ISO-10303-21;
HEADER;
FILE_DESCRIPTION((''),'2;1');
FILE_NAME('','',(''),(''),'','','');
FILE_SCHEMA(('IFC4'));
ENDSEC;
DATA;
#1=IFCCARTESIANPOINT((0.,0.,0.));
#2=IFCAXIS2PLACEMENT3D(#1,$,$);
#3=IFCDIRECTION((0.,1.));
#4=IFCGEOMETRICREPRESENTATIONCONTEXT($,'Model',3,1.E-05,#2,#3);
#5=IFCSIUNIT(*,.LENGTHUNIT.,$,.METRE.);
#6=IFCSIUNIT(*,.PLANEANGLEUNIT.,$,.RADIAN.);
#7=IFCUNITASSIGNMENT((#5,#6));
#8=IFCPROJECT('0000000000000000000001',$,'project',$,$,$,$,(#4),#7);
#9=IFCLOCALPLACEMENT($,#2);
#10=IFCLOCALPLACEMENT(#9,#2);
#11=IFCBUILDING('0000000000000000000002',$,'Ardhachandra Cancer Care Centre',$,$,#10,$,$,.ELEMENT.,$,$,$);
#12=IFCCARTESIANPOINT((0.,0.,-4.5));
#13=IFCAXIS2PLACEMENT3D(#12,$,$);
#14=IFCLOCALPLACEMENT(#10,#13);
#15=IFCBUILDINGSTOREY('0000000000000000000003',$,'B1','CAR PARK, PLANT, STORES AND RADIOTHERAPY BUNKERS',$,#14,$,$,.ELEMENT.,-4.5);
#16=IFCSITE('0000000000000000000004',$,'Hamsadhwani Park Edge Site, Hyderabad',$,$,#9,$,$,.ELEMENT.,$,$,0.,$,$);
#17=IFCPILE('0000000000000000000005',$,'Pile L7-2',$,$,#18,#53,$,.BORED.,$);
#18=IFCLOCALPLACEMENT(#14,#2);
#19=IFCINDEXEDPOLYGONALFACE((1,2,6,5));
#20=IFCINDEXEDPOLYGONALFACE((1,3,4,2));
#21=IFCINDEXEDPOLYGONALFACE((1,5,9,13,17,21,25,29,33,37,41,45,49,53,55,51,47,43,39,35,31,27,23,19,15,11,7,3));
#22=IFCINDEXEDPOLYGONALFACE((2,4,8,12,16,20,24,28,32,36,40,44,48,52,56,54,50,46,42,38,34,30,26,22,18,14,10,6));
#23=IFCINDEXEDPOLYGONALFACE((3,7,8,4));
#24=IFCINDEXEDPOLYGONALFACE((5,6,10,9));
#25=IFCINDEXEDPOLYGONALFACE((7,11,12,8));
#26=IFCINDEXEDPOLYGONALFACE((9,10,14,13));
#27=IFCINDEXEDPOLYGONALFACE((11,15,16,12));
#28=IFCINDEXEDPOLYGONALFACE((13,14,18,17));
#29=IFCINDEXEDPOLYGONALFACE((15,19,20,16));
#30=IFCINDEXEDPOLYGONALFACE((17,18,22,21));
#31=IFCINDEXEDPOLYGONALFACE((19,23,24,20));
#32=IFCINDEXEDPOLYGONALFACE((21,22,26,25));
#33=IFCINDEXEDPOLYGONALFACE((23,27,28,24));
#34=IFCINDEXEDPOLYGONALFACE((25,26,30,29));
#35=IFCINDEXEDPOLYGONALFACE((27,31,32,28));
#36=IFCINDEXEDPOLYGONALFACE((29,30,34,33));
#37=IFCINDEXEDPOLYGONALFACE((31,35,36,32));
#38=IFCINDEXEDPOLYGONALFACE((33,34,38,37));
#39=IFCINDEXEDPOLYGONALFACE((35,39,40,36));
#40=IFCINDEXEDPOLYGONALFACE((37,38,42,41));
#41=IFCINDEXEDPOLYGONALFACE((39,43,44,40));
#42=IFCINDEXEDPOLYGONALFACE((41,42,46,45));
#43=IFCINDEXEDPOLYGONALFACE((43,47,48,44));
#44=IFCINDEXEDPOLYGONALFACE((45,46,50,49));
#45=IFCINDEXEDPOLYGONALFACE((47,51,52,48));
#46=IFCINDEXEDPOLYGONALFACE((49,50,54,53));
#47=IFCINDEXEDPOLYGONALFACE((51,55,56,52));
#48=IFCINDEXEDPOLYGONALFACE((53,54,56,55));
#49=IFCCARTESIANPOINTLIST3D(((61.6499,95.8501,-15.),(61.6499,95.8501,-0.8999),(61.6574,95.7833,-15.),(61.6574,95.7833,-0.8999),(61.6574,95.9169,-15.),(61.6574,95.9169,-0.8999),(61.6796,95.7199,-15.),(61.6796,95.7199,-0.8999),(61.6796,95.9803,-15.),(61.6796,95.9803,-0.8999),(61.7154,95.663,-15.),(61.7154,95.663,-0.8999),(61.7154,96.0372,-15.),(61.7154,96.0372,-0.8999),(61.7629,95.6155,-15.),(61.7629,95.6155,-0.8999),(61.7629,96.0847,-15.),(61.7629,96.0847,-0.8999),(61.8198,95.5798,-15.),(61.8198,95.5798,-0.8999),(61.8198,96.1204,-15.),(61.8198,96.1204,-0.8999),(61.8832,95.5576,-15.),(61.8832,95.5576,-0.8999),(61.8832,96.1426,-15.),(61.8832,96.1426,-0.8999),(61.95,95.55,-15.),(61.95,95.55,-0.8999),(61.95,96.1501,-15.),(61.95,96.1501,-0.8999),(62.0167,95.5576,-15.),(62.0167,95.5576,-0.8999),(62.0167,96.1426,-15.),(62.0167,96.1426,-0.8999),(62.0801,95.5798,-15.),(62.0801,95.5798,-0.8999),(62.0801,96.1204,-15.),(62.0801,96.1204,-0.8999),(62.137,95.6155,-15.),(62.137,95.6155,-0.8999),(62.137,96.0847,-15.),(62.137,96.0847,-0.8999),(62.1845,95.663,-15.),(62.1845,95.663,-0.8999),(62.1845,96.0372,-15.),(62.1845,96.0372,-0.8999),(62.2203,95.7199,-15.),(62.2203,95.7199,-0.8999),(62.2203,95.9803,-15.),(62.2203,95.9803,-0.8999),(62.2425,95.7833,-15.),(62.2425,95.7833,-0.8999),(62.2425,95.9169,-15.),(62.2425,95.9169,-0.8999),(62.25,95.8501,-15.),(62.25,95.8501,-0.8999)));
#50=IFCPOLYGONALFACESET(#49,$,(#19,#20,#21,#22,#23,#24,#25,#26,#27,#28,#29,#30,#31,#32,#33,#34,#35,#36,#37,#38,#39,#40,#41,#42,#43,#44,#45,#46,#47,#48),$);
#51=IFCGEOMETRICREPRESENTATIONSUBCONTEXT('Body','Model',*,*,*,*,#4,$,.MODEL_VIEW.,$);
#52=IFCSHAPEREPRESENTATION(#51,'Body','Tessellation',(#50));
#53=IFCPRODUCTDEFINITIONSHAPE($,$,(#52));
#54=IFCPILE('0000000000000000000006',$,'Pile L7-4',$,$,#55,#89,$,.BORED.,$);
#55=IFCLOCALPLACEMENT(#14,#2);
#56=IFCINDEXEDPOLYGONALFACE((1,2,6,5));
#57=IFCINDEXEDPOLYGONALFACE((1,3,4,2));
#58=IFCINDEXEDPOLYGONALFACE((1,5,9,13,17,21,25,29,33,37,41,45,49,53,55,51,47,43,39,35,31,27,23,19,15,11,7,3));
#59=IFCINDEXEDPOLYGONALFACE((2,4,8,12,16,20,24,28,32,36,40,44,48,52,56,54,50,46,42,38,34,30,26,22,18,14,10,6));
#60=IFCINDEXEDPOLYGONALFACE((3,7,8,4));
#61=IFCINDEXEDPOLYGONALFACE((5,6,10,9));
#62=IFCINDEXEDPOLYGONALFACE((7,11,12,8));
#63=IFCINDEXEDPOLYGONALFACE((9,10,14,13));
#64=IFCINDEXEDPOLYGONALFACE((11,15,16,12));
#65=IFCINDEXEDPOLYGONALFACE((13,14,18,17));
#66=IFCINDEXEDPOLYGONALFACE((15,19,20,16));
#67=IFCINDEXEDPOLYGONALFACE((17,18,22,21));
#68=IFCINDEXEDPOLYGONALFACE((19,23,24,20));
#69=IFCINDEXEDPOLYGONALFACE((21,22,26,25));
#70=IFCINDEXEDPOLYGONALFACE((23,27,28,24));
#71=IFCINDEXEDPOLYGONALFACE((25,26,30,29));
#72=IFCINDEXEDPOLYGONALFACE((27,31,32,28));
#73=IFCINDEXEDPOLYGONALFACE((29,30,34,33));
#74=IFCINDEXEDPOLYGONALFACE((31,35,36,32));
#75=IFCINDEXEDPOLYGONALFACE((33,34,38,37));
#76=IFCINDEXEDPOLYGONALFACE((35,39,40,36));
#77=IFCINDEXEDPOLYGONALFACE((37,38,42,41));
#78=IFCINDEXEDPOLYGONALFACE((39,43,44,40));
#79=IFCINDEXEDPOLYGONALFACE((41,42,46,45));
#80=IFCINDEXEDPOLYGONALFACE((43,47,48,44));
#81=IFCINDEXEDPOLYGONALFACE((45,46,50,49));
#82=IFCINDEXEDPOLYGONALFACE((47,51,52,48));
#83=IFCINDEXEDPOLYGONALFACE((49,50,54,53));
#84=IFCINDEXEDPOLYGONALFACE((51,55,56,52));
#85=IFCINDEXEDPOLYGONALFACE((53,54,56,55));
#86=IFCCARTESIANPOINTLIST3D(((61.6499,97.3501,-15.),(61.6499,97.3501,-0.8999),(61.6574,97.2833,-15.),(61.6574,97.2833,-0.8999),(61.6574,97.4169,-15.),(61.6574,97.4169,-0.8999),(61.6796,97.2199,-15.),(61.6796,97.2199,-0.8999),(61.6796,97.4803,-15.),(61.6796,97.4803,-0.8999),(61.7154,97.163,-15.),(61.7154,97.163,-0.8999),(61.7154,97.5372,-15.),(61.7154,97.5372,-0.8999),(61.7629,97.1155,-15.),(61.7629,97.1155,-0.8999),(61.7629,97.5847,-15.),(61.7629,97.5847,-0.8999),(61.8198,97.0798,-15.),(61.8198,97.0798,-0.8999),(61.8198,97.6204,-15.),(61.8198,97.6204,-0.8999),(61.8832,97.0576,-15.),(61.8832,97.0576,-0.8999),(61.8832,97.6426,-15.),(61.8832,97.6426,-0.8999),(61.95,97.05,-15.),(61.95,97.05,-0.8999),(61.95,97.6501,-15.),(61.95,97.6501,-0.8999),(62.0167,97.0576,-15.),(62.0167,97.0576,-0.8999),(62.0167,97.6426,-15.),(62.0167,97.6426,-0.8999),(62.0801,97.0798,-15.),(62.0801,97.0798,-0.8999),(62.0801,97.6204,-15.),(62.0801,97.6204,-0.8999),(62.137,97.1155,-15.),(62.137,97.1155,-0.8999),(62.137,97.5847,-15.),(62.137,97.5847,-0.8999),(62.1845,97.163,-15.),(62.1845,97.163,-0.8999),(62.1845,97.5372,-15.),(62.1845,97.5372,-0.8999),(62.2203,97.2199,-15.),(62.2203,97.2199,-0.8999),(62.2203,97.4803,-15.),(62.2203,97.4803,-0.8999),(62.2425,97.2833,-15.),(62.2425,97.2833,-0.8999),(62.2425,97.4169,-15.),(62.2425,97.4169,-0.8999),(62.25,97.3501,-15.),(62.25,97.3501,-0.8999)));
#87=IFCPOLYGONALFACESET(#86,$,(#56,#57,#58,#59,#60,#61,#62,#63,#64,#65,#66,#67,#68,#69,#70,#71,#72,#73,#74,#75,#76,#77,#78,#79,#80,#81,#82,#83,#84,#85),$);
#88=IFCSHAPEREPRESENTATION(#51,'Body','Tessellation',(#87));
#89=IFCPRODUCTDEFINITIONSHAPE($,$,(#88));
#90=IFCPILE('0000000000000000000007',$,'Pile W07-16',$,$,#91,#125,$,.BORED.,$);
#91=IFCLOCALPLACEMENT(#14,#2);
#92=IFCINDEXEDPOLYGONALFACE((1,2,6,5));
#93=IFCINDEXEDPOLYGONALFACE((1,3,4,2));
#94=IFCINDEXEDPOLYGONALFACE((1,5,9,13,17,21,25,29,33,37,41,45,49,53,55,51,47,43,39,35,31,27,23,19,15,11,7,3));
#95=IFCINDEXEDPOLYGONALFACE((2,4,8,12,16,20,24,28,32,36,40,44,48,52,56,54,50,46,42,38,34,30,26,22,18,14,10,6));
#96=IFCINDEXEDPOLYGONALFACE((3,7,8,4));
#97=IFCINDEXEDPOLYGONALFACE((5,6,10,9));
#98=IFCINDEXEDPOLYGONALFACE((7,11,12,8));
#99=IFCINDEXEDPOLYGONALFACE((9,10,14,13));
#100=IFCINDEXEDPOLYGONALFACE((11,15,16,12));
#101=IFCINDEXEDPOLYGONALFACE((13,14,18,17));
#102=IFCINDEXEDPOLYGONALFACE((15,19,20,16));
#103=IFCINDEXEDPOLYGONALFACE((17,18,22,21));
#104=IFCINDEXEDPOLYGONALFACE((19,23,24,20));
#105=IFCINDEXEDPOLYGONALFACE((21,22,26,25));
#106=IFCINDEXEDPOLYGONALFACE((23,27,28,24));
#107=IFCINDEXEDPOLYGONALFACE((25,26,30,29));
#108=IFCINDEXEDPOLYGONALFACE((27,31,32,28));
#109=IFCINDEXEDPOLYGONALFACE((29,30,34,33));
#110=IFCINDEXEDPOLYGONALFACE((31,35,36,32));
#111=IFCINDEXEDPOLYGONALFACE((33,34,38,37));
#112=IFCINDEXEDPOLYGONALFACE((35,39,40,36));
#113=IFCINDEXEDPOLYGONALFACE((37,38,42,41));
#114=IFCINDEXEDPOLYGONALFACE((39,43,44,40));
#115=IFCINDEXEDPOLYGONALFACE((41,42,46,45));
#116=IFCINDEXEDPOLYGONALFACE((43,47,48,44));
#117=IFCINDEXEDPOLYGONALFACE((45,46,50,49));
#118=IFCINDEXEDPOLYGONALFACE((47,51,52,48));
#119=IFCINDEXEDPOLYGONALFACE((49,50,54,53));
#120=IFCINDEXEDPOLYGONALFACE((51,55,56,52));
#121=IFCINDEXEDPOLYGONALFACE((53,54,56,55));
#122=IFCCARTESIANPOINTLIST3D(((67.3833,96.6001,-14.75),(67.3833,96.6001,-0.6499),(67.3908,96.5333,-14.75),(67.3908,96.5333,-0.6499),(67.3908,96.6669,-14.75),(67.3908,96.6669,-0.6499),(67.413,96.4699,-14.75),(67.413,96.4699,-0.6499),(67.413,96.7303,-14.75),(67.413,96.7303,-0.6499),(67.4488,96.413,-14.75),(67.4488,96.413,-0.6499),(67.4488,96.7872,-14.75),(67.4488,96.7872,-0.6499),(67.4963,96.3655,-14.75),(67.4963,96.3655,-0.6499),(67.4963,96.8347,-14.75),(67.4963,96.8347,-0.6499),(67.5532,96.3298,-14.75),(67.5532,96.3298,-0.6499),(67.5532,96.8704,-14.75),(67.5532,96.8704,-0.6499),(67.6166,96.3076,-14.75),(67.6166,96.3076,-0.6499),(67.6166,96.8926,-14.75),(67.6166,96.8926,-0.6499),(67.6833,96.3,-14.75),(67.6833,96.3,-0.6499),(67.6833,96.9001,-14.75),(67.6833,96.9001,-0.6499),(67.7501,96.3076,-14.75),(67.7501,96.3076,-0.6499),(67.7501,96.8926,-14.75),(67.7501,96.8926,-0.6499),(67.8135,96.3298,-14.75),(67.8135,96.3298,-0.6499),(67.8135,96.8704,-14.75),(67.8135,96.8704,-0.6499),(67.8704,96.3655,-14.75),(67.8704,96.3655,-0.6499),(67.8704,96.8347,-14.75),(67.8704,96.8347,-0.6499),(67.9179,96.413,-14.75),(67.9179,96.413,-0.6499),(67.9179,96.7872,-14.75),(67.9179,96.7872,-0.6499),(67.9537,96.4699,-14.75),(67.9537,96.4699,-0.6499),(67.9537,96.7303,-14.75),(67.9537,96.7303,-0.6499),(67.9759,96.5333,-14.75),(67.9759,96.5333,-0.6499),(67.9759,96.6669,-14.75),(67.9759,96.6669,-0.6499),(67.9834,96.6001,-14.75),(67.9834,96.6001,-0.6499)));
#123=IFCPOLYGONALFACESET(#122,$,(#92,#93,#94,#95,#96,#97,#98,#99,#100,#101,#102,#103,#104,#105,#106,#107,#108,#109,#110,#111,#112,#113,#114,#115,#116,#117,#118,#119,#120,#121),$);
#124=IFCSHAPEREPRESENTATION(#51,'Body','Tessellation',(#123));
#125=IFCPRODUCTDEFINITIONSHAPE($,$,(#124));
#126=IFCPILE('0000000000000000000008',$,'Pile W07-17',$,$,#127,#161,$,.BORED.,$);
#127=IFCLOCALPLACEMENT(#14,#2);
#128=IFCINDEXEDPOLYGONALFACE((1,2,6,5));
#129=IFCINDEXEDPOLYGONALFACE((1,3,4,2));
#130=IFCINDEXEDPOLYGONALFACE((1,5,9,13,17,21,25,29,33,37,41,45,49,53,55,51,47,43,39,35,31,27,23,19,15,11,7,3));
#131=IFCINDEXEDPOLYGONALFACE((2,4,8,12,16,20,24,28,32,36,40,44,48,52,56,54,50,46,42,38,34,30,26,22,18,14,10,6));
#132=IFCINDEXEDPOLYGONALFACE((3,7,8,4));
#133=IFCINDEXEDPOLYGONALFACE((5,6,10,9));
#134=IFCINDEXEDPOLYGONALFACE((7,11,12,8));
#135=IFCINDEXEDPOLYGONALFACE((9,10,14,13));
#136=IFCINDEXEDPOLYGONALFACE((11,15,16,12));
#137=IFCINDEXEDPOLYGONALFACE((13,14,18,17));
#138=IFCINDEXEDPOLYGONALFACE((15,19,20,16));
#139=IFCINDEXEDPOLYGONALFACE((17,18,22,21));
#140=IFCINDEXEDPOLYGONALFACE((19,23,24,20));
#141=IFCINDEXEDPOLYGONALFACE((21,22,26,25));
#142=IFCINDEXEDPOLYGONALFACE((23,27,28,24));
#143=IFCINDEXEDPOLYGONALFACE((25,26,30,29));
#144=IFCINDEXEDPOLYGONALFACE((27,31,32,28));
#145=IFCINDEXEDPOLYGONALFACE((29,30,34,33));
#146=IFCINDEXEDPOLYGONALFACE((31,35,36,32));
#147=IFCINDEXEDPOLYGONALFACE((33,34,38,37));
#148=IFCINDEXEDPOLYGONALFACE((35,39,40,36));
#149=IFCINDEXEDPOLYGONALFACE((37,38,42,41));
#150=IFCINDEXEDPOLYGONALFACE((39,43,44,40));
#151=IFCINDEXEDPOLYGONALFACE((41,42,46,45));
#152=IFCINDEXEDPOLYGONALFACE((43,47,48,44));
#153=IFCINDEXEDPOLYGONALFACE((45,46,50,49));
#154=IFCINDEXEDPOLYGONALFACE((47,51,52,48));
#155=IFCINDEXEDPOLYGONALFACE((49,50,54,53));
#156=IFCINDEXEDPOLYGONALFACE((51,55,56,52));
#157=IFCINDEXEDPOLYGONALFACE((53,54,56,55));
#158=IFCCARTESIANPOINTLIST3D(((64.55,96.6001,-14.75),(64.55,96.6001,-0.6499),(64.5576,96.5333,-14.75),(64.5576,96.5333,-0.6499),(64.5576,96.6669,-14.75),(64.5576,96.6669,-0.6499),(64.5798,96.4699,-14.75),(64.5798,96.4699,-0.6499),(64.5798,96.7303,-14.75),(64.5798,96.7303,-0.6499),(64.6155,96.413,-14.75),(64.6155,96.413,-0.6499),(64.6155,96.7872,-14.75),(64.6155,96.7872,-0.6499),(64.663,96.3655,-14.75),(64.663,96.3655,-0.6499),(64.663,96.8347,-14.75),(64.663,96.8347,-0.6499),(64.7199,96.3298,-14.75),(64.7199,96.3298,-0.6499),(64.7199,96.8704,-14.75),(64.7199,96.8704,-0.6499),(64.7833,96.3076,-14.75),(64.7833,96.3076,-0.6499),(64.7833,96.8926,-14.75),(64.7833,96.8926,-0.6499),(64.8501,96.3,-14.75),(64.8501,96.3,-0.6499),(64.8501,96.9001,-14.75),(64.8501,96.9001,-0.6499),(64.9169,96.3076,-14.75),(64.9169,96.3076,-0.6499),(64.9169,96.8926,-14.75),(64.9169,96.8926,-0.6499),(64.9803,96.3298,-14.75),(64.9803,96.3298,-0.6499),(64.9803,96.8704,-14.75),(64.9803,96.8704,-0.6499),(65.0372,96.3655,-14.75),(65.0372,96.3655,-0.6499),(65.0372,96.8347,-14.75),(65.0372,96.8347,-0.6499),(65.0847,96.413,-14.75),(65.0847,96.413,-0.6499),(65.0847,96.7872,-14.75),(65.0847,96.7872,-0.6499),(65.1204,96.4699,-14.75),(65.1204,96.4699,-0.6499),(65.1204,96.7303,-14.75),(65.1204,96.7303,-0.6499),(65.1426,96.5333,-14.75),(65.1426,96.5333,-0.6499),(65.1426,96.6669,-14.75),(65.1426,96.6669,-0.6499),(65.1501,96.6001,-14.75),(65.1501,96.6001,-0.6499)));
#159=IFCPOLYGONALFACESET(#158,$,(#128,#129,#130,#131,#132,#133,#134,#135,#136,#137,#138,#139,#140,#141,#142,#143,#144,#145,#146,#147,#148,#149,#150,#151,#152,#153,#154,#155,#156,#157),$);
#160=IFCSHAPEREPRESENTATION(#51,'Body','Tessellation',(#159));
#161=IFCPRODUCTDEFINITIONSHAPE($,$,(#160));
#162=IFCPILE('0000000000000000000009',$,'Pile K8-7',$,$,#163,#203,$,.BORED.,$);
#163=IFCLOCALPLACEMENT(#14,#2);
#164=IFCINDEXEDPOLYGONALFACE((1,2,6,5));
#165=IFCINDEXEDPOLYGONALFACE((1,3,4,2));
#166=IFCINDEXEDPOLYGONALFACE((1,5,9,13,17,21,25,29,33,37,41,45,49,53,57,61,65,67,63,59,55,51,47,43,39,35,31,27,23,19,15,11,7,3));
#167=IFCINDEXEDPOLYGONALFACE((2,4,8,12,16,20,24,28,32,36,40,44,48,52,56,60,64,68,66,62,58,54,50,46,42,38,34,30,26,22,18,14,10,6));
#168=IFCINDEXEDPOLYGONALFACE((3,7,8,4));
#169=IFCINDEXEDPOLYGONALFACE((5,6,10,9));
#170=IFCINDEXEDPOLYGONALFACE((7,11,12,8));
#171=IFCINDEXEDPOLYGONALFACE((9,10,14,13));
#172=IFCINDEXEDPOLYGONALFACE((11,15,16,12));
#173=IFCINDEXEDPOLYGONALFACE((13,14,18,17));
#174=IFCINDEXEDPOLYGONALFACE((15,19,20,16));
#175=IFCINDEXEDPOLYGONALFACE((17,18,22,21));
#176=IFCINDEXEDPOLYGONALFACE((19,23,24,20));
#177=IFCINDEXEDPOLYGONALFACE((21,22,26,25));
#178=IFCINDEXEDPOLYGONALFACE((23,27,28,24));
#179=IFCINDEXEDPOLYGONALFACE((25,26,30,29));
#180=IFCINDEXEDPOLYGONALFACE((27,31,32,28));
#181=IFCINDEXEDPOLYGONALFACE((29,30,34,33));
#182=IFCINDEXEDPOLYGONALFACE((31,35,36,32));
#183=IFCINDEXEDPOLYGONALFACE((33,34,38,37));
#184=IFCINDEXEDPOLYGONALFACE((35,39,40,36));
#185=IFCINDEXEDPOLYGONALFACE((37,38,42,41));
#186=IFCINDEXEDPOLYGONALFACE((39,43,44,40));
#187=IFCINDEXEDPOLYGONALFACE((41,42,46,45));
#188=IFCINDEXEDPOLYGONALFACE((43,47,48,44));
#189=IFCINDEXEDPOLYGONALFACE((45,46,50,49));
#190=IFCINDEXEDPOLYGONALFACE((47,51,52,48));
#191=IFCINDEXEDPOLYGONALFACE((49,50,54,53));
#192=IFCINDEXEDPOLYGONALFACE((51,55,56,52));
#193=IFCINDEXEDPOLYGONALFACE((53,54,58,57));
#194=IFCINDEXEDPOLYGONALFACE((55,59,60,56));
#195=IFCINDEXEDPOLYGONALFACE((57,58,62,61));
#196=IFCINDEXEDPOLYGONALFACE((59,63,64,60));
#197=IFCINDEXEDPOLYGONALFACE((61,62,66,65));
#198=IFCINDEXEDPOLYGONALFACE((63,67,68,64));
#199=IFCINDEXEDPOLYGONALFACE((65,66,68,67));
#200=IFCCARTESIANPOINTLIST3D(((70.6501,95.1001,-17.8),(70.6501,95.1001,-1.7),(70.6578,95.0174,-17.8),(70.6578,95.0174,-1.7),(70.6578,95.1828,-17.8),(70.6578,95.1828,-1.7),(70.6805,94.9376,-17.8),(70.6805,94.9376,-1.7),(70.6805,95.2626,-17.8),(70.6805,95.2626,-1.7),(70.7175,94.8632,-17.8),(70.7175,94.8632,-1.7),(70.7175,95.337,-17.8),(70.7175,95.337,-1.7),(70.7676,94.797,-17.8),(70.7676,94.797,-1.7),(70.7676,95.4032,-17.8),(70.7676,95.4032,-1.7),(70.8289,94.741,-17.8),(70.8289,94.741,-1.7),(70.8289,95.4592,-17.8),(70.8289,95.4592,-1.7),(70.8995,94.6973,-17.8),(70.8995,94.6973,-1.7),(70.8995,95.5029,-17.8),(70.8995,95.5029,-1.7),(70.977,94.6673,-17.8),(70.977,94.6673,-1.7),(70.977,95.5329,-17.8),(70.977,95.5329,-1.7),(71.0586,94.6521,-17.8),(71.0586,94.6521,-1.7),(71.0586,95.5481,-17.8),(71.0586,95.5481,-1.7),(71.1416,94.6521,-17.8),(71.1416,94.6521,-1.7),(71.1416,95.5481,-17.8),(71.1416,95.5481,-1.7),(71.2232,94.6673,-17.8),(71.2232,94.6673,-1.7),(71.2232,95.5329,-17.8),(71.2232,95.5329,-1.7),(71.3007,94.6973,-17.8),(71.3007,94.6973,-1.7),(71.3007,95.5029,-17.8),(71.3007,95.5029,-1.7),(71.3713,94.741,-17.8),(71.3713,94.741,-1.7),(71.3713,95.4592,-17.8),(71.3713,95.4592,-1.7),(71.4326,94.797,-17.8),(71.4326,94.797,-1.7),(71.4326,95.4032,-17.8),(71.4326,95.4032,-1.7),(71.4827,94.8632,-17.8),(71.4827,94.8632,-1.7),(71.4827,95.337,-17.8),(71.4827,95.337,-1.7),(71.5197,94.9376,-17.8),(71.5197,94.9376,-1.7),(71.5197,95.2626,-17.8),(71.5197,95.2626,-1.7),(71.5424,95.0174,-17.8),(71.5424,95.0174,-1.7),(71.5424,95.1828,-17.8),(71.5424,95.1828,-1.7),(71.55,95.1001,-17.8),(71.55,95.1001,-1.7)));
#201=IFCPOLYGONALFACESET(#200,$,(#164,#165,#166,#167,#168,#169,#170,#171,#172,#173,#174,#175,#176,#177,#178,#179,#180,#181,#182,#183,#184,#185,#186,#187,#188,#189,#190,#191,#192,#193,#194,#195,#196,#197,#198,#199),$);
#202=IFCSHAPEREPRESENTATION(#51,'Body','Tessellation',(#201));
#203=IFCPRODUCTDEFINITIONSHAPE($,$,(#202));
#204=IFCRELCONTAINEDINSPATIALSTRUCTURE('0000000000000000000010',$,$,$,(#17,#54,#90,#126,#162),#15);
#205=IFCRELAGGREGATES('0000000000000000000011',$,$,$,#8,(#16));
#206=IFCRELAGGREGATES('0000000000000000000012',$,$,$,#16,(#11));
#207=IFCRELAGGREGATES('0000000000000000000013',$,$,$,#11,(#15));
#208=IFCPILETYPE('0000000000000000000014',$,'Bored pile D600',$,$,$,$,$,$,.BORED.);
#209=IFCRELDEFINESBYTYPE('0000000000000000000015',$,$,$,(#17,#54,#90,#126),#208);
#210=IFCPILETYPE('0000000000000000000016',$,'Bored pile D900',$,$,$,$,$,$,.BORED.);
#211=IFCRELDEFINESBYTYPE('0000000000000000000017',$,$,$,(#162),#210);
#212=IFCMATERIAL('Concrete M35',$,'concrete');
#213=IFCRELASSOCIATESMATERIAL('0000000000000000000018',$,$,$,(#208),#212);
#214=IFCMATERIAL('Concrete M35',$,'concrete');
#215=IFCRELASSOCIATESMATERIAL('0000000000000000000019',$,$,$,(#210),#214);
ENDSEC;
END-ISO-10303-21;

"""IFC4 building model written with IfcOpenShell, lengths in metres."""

from ifc_helpers import new_model, si_unit, direction, frame, origin, origin_2d, place, context, subcontext, project, spatial, circle, extrude, material, material_profile, profile_set, type_object, element, save


model = new_model("IFC4")

# Units and contexts
model_context = context("Model", 3, precision=1e-05, world=origin(), true_north=direction((0.0, 1.0)))
body_context = subcontext(model_context, "Body", "Model", "MODEL_VIEW")
ifc_project = project(units=[si_unit("LENGTHUNIT", "METRE"), si_unit("PLANEANGLEUNIT", "RADIAN")], contexts=[model_context])

# Site, building, storey
site_placement = place(None, origin())
site = spatial("IfcSite", under=ifc_project, at=site_placement, Name="Hamsadhwani Park Edge Site, Hyderabad", CompositionType="ELEMENT", RefElevation=0.0)
building_placement = place(site_placement, origin())
building = spatial("IfcBuilding", under=site, at=building_placement, Name="Ardhachandra Cancer Care Centre", CompositionType="ELEMENT")
storey_placement = place(building_placement, frame((0.0, 0.0, -4.5)))
storey = spatial("IfcBuildingStorey", under=building, at=storey_placement, Name="B1", Description="CAR PARK, PLANT, STORES AND RADIOTHERAPY BUNKERS", CompositionType="ELEMENT", Elevation=-4.5)

# Piles
ifc_material_1 = material(Name="Concrete M35", Category="concrete")
ifc_material_profile_1 = material_profile(ifc_material_1, circle(Radius=0.3, at=origin_2d()), Name="D600")
ifc_profile_set_1 = profile_set([ifc_material_profile_1], Name="Concrete M35")
pile_type_1 = type_object("IfcPileType", Name="Bored pile D600", PredefinedType="BORED", material=ifc_profile_set_1)
for number, where, z_axis, x_axis, name in (
    (1, (61.95, 95.8501, -0.8999), (0.0, 0.0, -1.0), (1.0, 0.0, 0.0), "Pile L7-2"),
    (2, (61.95, 97.3501, -0.8999), (0.0, 0.0, -1.0), (1.0, 0.0, 0.0), "Pile L7-4"),
    (3, (67.6833, 96.6001, -0.6499), (0.0, 0.0, -1.0), (1.0, 0.0, 0.0), "Pile W07-16"),
    (4, (64.8501, 96.6001, -0.6499), (0.0, 0.0, -1.0), (1.0, 0.0, 0.0), "Pile W07-17"),
):
    element("IfcPile", number, at=place(storey_placement, frame(where, z_axis=z_axis, x_axis=x_axis)), inside=storey, type_object=pile_type_1, Name=name, PredefinedType="BORED", context=body_context, shape_type="SweptSolid", body=[
        extrude(circle(Radius=0.3, at=origin_2d()), origin(), (0.0, 0.0, 1.0), 14.1001),
    ])
ifc_material_2 = material(Name="Concrete M35", Category="concrete")
ifc_material_profile_2 = material_profile(ifc_material_2, circle(Radius=0.45, at=origin_2d()), Name="D900")
ifc_profile_set_2 = profile_set([ifc_material_profile_2], Name="Concrete M35")
pile_type_2 = type_object("IfcPileType", Name="Bored pile D900", PredefinedType="BORED", material=ifc_profile_set_2)
for number, where, z_axis, x_axis, name in (
    (5, (71.1001, 95.1001, -1.7), (0.0, 0.0, -1.0), (1.0, 0.0, 0.0), "Pile K8-7"),
):
    element("IfcPile", number, at=place(storey_placement, frame(where, z_axis=z_axis, x_axis=x_axis)), inside=storey, type_object=pile_type_2, Name=name, PredefinedType="BORED", context=body_context, shape_type="SweptSolid", body=[
        extrude(circle(Radius=0.45, at=origin_2d()), origin(), (0.0, 0.0, 1.0), 16.1001),
    ])

save(model, "model.ifc")
